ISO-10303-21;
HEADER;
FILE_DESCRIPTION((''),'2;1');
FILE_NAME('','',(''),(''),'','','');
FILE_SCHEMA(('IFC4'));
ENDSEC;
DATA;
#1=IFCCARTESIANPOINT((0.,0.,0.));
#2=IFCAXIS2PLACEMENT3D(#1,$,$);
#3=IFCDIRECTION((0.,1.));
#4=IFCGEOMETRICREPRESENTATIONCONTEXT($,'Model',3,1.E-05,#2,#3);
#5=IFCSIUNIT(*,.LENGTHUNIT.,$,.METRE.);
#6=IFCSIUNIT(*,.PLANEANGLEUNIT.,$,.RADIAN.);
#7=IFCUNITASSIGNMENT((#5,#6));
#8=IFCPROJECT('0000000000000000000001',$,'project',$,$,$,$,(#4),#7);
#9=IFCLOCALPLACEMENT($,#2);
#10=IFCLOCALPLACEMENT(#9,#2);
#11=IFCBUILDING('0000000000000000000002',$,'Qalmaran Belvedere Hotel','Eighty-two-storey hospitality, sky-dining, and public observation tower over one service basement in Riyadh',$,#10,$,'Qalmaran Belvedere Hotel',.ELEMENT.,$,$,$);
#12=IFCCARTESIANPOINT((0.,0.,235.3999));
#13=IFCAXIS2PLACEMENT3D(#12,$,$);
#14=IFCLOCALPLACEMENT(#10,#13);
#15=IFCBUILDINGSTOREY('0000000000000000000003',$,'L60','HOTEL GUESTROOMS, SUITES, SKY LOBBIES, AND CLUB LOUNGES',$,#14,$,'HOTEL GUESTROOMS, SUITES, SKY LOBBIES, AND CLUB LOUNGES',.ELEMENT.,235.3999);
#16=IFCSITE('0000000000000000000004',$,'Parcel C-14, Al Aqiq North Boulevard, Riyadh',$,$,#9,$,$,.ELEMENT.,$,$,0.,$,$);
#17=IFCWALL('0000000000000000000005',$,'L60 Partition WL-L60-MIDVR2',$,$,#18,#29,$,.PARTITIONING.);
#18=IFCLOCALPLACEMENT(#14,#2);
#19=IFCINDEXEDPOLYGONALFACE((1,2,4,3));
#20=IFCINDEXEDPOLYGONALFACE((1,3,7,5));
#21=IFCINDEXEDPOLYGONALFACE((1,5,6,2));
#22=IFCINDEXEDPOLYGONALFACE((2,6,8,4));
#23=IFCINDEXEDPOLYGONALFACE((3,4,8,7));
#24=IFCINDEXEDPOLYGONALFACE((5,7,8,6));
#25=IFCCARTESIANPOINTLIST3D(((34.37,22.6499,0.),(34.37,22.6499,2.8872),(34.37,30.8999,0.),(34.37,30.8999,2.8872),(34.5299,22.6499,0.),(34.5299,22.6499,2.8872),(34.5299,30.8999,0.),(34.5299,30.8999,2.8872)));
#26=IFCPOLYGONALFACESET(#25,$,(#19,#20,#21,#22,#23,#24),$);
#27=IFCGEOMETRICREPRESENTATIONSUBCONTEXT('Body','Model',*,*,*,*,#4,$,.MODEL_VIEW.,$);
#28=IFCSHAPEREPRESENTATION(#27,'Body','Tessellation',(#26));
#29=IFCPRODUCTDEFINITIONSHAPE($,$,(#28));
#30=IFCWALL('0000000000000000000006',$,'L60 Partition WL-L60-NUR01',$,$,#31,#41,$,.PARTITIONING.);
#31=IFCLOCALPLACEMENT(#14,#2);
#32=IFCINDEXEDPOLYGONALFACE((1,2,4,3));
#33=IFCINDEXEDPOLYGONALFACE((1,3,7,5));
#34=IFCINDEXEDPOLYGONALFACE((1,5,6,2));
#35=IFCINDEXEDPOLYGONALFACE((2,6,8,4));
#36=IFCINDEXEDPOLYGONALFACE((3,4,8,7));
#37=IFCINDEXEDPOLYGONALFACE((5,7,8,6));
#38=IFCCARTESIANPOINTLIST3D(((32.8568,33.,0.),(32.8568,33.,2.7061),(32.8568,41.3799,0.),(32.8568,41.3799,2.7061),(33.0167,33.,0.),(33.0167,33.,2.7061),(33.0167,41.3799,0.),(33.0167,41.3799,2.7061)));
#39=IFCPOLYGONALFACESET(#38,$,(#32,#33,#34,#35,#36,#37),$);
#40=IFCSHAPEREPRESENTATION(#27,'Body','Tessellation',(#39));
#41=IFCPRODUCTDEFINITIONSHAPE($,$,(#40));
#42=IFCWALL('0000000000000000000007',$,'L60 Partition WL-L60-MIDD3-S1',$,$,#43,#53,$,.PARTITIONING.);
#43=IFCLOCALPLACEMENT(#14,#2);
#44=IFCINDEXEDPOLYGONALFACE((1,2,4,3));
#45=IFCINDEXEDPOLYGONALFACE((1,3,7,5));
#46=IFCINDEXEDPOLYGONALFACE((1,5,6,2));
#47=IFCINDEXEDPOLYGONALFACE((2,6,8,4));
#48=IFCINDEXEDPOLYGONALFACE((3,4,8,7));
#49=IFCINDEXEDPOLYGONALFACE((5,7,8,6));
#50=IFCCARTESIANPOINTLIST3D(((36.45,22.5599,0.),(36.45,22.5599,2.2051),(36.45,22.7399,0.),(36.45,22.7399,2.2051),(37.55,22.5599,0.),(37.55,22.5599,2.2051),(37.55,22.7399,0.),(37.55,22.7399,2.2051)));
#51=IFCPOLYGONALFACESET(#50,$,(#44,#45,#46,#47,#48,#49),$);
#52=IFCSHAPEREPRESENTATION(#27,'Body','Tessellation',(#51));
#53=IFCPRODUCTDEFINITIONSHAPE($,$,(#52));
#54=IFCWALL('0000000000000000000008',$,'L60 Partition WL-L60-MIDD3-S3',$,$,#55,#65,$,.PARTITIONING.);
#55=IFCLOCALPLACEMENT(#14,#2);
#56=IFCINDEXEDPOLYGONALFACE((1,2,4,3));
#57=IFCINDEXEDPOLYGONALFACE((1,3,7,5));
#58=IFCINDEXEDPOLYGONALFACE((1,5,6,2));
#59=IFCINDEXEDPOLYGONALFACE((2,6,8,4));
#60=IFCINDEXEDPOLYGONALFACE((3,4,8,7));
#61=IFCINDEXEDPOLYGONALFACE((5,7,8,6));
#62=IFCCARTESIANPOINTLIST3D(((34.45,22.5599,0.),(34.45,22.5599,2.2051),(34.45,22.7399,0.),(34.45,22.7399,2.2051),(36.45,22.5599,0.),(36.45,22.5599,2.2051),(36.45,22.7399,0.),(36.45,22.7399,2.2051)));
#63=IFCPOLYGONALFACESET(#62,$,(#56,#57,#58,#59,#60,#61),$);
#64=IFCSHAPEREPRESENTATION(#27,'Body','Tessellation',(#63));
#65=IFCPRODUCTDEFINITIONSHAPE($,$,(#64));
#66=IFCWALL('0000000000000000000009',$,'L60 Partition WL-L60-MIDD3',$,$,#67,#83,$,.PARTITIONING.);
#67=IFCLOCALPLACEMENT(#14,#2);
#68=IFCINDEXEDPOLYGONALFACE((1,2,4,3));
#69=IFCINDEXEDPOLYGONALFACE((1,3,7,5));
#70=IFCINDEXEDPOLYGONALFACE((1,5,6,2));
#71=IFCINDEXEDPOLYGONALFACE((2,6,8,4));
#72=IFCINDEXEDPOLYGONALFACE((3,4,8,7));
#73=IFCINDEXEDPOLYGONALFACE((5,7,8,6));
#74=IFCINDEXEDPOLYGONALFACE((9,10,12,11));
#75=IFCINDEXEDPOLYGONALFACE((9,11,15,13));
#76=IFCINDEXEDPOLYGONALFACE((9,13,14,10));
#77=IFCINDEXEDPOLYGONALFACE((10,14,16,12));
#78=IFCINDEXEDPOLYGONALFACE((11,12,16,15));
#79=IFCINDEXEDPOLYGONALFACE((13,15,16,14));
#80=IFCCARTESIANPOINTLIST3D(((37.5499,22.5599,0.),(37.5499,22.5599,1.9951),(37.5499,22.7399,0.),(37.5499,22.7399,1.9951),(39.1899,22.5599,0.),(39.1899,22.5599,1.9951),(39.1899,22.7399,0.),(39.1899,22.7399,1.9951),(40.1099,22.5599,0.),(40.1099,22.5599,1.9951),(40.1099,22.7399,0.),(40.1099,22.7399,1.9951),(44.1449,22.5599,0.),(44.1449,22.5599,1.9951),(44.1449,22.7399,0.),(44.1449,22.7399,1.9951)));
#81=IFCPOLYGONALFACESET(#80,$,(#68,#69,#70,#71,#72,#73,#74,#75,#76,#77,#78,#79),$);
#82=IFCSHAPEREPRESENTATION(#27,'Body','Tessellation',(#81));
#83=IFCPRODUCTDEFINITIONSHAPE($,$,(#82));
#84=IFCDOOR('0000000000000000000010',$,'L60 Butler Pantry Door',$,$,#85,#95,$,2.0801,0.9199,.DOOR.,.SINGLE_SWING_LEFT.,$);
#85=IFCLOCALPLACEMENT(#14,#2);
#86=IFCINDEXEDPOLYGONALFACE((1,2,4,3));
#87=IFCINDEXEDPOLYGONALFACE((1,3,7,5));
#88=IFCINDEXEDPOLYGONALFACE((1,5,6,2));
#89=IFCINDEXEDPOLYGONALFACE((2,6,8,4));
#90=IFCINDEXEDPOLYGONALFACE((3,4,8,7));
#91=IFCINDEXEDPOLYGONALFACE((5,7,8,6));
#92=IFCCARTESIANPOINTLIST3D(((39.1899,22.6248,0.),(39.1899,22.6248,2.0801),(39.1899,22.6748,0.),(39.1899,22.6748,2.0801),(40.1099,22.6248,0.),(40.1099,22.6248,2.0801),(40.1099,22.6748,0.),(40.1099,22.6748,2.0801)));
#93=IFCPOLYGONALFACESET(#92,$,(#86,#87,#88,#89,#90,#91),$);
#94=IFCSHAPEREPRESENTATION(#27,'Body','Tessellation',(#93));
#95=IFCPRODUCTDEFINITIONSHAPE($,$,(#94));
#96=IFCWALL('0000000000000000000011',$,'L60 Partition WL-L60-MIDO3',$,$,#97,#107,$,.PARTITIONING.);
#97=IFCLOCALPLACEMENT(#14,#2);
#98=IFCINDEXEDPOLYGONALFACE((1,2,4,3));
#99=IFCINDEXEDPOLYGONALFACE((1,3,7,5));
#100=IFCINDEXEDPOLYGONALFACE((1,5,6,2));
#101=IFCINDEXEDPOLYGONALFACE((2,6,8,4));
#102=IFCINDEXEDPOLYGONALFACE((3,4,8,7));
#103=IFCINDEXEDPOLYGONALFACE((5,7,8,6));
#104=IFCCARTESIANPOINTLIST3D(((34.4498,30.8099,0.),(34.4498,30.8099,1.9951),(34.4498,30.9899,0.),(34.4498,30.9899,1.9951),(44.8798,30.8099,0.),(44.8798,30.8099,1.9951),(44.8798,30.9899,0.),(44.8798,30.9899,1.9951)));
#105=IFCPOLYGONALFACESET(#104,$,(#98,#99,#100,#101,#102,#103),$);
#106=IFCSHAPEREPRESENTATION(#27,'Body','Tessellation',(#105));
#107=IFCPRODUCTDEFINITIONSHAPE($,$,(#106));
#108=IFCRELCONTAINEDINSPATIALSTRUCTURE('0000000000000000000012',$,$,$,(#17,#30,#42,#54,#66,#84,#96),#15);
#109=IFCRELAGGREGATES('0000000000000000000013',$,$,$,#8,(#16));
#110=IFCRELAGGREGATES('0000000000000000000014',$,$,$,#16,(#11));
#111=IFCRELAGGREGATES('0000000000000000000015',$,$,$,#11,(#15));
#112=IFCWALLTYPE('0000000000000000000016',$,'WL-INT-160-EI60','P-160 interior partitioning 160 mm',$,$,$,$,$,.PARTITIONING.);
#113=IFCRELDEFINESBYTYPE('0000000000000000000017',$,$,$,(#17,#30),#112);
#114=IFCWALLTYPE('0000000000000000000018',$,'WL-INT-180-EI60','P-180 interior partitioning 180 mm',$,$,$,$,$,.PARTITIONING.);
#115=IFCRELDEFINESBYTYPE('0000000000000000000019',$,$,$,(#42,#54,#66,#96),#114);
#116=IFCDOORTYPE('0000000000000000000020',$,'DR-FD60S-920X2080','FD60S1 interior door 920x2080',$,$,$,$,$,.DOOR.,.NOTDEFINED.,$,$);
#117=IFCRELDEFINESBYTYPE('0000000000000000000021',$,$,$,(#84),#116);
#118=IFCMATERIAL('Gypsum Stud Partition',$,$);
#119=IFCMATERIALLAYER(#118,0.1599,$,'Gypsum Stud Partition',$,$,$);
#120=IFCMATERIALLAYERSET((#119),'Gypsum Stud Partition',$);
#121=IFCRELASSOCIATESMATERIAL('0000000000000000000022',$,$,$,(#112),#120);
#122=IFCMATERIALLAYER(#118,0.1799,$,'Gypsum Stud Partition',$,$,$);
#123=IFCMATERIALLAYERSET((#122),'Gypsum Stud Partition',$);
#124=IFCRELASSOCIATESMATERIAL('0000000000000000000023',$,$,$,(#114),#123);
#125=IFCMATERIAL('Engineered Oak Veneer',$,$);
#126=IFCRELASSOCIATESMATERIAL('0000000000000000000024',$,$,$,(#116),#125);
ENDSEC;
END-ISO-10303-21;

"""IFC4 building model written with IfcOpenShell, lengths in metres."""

from ifc_helpers import new_model, si_unit, direction, frame, frame_2d, origin, place, context, subcontext, project, spatial, rectangle, extrude, material, layer, layer_set, type_object, element, fill, save


model = new_model("IFC4")

# Units and contexts
model_context = context("Model", 3, precision=1e-05, world=origin(), true_north=direction((0.0, 1.0)))
body_context = subcontext(model_context, "Body", "Model", "MODEL_VIEW")
ifc_project = project(units=[si_unit("LENGTHUNIT", "METRE"), si_unit("PLANEANGLEUNIT", "RADIAN")], contexts=[model_context])

# Site, building, storey
site_placement = place(None, origin())
site = spatial("IfcSite", under=ifc_project, at=site_placement, Name="Parcel C-14, Al Aqiq North Boulevard, Riyadh", CompositionType="ELEMENT", RefElevation=0.0)
building_placement = place(site_placement, origin())
building = spatial("IfcBuilding", under=site, at=building_placement, Name="Qalmaran Belvedere Hotel", Description="Eighty-two-storey hospitality, sky-dining, and public observation tower over one service basement in Riyadh", LongName="Qalmaran Belvedere Hotel", CompositionType="ELEMENT")
storey_placement = place(building_placement, frame((0.0, 0.0, 235.3999)))
storey = spatial("IfcBuildingStorey", under=building, at=storey_placement, Name="L60", Description="HOTEL GUESTROOMS, SUITES, SKY LOBBIES, AND CLUB LOUNGES", LongName="HOTEL GUESTROOMS, SUITES, SKY LOBBIES, AND CLUB LOUNGES", CompositionType="ELEMENT", Elevation=235.3999)

# Walls
ifc_material_1 = material(Name="Gypsum Stud Partition")
ifc_layer_1 = layer(ifc_material_1, 0.1599, Name="Gypsum Stud Partition")
ifc_layer_set_1 = layer_set([ifc_layer_1], Name="Gypsum Stud Partition")
wall_type_1 = type_object("IfcWallType", Name="WL-INT-160-EI60", Description="P-160 interior partitioning 160 mm", PredefinedType="PARTITIONING", material=ifc_layer_set_1)
wall_1_placement = place(storey_placement, frame((34.45, 22.6499, 0.0), z_axis=(0.0, 0.0, 1.0), x_axis=(0.0, 1.0, 0.0)))
element("IfcWall", 1, at=wall_1_placement, inside=storey, type_object=wall_type_1, Name="L60 Partition WL-L60-MIDVR2", PredefinedType="PARTITIONING", context=body_context, shape_type="SweptSolid", body=[
    extrude(rectangle(XDim=8.25, YDim=0.1599, at=frame_2d((4.125, 0.0))), origin(), (0.0, 0.0, 1.0), 2.8872),
])
wall_2_placement = place(storey_placement, frame((32.9368, 33.0, 0.0), z_axis=(0.0, 0.0, 1.0), x_axis=(0.0, 1.0, 0.0)))
element("IfcWall", 2, at=wall_2_placement, inside=storey, type_object=wall_type_1, Name="L60 Partition WL-L60-NUR01", PredefinedType="PARTITIONING", context=body_context, shape_type="SweptSolid", body=[
    extrude(rectangle(XDim=8.3799, YDim=0.1599, at=frame_2d((4.1899, 0.0))), origin(), (0.0, 0.0, 1.0), 2.7061),
])
ifc_layer_2 = layer(ifc_material_1, 0.1799, Name="Gypsum Stud Partition")
ifc_layer_set_2 = layer_set([ifc_layer_2], Name="Gypsum Stud Partition")
wall_type_2 = type_object("IfcWallType", Name="WL-INT-180-EI60", Description="P-180 interior partitioning 180 mm", PredefinedType="PARTITIONING", material=ifc_layer_set_2)
wall_3_placement = place(storey_placement, frame((36.45, 22.6499, 0.0), z_axis=(0.0, 0.0, 1.0), x_axis=(1.0, 0.0, 0.0)))
element("IfcWall", 3, at=wall_3_placement, inside=storey, type_object=wall_type_2, Name="L60 Partition WL-L60-MIDD3-S1", PredefinedType="PARTITIONING", context=body_context, shape_type="SweptSolid", body=[
    extrude(rectangle(XDim=1.1001, YDim=0.1799, at=frame_2d((0.55, 0.0))), origin(), (0.0, 0.0, 1.0), 2.2051),
])
wall_4_placement = place(storey_placement, frame((34.45, 22.6499, 0.0), z_axis=(0.0, 0.0, 1.0), x_axis=(1.0, 0.0, 0.0)))
element("IfcWall", 4, at=wall_4_placement, inside=storey, type_object=wall_type_2, Name="L60 Partition WL-L60-MIDD3-S3", PredefinedType="PARTITIONING", context=body_context, shape_type="SweptSolid", body=[
    extrude(rectangle(XDim=2.0, YDim=0.1799, at=frame_2d((1.0, 0.0))), origin(), (0.0, 0.0, 1.0), 2.2051),
])

# Wall, opening, door
wall_5_placement = place(storey_placement, frame((37.55, 22.6499, 0.0), z_axis=(0.0, 0.0, 1.0), x_axis=(1.0, 0.0, 0.0)))
wall_5 = element("IfcWall", 5, at=wall_5_placement, inside=storey, type_object=wall_type_2, Name="L60 Partition WL-L60-MIDD3", PredefinedType="PARTITIONING", context=body_context, shape_type="SweptSolid", body=[
    extrude(rectangle(XDim=6.595, YDim=0.1799, at=frame_2d((3.2974, 0.0))), origin(), (0.0, 0.0, 1.0), 1.9951),
])
opening_1_placement = place(wall_5_placement, frame((1.6399, 0.0, 0.0)))
opening_1 = element("IfcOpeningElement", 6, at=opening_1_placement, cuts=wall_5, PredefinedType="OPENING", context=body_context, shape_type="SweptSolid", body=[
    extrude(rectangle(XDim=0.9199, YDim=2.0801, at=frame_2d((0.46, 1.04))), frame((0.0, 0.1001, 0.0), z_axis=(0.0, -1.0, 0.0), x_axis=(1.0, 0.0, 0.0)), (0.0, 0.0, 1.0), 0.2),
])
ifc_material_2 = material(Name="Engineered Oak Veneer")
door_type_1 = type_object("IfcDoorType", Name="DR-FD60S-920X2080", Description="FD60S1 interior door 920x2080", OperationType="NOTDEFINED", PredefinedType="DOOR", material=ifc_material_2)
door_1_placement = place(opening_1_placement, origin())
door_1 = element("IfcDoor", 7, at=door_1_placement, inside=storey, type_object=door_type_1, Name="L60 Butler Pantry Door", OperationType="SINGLE_SWING_LEFT", OverallHeight=2.0801, OverallWidth=0.9199, PredefinedType="DOOR", context=body_context, shape_type="SweptSolid", body=[
    extrude(rectangle(XDim=0.9199, YDim=2.0801, at=frame_2d((0.46, 1.04))), frame((0.0, 0.0249, 0.0), z_axis=(0.0, -1.0, 0.0), x_axis=(1.0, 0.0, 0.0)), (0.0, 0.0, 1.0), 0.05),
])
fill(opening_1, door_1)

# Wall
wall_6_placement = place(storey_placement, frame((34.45, 30.8999, 0.0), z_axis=(0.0, 0.0, 1.0), x_axis=(1.0, 0.0, 0.0)))
element("IfcWall", 8, at=wall_6_placement, inside=storey, type_object=wall_type_2, Name="L60 Partition WL-L60-MIDO3", PredefinedType="PARTITIONING", context=body_context, shape_type="SweptSolid", body=[
    extrude(rectangle(XDim=10.4299, YDim=0.1799, at=frame_2d((5.2148, 0.0))), origin(), (0.0, 0.0, 1.0), 1.9951),
])

save(model, "model.ifc")
